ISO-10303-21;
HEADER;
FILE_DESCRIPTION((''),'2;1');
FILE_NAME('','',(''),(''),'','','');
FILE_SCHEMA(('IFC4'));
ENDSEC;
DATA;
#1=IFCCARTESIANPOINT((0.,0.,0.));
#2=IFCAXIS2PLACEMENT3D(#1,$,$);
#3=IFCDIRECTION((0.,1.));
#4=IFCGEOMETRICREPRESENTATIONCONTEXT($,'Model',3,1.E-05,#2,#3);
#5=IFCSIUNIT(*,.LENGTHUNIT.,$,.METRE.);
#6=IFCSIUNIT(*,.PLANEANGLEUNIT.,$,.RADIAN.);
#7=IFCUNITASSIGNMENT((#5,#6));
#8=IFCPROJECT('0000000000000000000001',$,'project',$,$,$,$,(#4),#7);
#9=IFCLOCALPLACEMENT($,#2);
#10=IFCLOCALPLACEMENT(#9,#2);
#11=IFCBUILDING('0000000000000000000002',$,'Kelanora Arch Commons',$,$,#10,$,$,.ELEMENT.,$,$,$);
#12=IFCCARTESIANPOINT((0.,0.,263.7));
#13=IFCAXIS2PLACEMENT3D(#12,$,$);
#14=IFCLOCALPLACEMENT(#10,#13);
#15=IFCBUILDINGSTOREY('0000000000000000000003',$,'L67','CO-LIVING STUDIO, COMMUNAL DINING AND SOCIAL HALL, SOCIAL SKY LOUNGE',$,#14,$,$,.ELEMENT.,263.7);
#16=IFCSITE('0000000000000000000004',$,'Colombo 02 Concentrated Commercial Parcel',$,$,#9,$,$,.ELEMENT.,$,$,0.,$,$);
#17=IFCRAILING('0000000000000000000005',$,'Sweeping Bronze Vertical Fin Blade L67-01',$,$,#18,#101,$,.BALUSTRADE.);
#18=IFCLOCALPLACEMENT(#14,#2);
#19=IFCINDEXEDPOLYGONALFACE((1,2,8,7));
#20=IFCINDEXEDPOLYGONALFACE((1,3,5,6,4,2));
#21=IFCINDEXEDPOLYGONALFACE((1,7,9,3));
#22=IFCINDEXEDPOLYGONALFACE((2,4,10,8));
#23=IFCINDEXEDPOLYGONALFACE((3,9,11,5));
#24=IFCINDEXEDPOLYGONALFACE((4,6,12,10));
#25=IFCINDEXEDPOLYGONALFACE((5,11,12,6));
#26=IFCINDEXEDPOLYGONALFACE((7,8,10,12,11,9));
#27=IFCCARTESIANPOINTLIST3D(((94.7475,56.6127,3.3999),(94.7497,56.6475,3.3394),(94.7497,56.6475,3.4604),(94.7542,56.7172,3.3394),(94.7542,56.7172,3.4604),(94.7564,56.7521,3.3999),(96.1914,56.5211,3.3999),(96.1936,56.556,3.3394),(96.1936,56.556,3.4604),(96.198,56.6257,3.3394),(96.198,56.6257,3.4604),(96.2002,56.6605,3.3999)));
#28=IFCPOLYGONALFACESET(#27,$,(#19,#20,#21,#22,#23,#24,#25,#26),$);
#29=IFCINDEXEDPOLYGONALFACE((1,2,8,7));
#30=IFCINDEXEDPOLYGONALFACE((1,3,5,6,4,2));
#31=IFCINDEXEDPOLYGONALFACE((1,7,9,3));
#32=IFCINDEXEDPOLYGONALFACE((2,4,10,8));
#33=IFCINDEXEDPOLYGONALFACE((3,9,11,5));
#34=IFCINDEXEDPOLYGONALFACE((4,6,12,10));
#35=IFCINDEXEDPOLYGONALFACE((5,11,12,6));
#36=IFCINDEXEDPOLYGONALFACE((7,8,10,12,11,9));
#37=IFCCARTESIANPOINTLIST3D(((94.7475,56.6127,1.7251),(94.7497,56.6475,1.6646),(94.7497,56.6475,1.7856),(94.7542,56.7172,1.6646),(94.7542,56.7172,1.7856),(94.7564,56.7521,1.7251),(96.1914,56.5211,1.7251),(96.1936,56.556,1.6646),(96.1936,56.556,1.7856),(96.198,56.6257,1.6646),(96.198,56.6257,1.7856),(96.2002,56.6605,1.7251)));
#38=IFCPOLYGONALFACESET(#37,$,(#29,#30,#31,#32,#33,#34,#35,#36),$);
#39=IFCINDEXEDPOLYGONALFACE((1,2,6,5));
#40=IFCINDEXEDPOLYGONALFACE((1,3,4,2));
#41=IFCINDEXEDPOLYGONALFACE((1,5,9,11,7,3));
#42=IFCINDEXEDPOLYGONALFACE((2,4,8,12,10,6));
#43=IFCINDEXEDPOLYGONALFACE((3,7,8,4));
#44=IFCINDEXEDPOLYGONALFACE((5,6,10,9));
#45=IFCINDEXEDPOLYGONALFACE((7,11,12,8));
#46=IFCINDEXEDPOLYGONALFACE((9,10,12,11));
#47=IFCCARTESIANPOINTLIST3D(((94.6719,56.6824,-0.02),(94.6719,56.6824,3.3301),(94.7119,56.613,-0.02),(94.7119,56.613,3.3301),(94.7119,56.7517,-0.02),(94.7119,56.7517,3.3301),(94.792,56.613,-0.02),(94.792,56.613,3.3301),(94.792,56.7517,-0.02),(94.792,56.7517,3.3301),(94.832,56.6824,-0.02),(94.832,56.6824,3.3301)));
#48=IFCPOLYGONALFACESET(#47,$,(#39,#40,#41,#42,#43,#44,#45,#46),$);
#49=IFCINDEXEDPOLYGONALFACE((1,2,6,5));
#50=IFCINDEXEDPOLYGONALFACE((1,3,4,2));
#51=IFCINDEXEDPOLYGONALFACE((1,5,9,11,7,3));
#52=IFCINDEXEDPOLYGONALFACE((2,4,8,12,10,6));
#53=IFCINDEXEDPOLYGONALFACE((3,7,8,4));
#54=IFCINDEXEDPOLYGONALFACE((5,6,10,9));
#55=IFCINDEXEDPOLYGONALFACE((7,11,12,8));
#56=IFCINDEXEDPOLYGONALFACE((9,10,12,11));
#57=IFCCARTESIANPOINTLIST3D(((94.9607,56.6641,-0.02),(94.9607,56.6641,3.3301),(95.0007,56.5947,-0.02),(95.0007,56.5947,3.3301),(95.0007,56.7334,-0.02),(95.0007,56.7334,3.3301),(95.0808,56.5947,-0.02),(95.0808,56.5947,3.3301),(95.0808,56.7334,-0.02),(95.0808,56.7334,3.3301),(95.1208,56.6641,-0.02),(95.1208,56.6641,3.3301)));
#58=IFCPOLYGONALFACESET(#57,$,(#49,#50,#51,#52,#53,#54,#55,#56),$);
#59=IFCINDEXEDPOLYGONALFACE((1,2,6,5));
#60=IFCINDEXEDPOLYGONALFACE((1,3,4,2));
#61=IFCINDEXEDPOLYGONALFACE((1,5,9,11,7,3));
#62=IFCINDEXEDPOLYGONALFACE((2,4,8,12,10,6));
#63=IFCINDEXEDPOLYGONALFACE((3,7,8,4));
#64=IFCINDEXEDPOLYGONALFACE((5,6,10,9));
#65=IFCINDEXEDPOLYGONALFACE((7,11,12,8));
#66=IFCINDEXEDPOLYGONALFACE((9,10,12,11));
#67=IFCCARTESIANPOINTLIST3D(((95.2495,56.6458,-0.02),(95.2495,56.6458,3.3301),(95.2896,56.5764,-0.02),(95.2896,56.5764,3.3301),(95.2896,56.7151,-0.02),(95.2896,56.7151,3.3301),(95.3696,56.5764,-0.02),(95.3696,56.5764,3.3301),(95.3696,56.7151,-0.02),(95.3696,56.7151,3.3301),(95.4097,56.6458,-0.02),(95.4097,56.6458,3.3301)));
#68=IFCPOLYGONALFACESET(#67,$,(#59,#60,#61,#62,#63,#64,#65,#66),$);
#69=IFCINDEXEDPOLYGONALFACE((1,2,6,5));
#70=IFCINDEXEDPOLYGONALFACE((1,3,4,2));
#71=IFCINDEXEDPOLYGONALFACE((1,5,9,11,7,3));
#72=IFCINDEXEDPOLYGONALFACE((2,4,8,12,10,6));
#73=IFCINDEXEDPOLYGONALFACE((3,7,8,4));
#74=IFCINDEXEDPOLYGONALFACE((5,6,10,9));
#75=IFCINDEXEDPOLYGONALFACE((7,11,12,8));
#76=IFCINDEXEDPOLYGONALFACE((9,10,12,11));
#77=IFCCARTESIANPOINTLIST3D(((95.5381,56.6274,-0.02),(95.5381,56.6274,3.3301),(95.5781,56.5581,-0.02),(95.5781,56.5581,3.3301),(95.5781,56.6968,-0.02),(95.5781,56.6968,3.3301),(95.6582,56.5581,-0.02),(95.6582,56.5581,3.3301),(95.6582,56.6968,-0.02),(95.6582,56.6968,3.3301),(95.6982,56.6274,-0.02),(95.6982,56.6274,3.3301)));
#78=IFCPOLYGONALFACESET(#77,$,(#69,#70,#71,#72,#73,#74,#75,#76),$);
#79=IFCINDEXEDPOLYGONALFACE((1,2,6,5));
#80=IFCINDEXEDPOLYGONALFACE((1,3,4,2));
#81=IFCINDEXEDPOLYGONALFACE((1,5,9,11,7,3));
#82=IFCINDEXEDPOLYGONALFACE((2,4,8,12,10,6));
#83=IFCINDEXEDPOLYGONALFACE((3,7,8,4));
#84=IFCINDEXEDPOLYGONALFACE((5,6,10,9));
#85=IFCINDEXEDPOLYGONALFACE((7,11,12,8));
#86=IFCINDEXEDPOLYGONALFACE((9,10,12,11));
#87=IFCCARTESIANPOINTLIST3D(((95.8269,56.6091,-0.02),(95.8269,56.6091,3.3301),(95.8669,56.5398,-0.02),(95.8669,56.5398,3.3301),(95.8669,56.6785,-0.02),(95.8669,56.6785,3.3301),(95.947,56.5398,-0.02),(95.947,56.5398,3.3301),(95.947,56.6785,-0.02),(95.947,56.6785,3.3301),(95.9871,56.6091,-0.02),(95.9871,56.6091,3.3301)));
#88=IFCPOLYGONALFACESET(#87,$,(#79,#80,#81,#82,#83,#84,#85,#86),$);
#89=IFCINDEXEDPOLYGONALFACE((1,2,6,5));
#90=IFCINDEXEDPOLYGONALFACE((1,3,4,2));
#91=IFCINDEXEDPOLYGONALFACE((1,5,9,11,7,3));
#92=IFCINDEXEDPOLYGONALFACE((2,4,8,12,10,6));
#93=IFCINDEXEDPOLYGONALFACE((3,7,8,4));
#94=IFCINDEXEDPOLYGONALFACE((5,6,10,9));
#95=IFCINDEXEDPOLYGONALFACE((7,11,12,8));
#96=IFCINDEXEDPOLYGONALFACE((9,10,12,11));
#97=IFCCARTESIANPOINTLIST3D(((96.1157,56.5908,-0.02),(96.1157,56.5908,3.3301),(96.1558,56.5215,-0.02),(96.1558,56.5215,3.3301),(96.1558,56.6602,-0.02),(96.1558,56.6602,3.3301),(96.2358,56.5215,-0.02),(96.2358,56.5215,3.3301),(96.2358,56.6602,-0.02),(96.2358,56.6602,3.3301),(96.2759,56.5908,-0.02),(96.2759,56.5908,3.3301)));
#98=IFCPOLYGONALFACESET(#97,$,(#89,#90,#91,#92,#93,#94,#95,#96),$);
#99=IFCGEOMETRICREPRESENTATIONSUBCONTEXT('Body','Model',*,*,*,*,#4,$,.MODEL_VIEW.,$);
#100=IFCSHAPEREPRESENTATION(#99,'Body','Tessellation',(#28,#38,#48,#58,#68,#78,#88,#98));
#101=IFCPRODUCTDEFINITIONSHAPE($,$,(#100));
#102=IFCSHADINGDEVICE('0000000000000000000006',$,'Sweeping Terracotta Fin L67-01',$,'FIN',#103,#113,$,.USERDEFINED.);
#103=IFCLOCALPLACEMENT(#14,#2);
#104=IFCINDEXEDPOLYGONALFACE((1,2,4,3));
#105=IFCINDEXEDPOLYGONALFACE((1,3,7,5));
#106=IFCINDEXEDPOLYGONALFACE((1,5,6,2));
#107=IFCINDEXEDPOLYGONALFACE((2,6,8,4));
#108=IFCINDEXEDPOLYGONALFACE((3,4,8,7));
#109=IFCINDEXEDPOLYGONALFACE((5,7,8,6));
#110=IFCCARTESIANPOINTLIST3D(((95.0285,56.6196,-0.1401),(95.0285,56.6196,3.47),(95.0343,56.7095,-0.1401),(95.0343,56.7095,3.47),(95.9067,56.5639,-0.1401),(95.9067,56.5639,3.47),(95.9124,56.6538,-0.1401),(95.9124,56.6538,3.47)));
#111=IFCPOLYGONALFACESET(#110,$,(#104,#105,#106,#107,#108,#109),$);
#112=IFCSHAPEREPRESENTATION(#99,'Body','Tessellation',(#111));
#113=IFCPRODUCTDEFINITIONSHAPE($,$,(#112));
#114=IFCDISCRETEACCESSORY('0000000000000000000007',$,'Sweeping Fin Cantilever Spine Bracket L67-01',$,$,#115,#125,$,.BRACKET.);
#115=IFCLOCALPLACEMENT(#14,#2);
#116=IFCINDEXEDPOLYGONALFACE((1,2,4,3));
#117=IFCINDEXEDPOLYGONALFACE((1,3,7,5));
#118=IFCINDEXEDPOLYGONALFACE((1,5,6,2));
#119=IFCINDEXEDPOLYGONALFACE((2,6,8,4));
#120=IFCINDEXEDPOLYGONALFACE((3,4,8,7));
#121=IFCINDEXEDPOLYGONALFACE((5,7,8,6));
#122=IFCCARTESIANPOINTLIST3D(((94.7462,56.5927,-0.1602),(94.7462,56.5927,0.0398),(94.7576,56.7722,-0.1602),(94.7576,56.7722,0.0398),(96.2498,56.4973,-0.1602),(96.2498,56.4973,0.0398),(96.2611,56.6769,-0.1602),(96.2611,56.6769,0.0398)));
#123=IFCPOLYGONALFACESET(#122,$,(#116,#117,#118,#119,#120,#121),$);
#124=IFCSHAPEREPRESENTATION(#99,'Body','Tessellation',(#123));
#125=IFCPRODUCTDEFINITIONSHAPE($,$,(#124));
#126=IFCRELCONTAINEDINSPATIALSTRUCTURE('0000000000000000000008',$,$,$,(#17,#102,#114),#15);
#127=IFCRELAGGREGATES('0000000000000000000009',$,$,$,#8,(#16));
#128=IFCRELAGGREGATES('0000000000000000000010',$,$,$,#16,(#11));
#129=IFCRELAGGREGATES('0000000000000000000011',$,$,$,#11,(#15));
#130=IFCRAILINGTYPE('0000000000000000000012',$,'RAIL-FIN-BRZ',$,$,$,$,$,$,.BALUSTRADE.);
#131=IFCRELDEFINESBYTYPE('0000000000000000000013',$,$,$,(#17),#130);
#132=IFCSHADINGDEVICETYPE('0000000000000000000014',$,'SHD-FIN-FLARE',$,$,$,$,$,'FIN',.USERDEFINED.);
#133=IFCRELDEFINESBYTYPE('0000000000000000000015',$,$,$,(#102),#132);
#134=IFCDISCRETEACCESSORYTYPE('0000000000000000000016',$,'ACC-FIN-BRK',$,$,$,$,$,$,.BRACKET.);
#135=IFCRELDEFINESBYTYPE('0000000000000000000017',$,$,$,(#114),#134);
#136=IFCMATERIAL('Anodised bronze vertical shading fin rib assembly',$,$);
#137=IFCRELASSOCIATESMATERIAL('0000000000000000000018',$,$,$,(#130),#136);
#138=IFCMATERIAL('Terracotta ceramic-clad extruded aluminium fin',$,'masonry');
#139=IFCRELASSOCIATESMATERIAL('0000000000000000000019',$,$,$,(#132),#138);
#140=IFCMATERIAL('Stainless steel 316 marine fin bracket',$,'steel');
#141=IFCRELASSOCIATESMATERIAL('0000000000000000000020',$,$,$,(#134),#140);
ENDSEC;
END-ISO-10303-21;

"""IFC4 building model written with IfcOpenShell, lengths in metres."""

from ifc_helpers import new_model, si_unit, direction, frame, origin, origin_2d, place, context, subcontext, project, spatial, polyline, rectangle, outline, extrude, source, transform, mapped, material, type_object, element, save


model = new_model("IFC4")

# Units and contexts
model_context = context("Model", 3, precision=1e-05, world=origin(), true_north=direction((0.0, 1.0)))
body_context = subcontext(model_context, "Body", "Model", "MODEL_VIEW")
ifc_project = project(units=[si_unit("LENGTHUNIT", "METRE"), si_unit("PLANEANGLEUNIT", "RADIAN")], contexts=[model_context])

# Site, building, storey
site_placement = place(None, origin())
site = spatial("IfcSite", under=ifc_project, at=site_placement, Name="Colombo 02 Concentrated Commercial Parcel", CompositionType="ELEMENT", RefElevation=0.0)
building_placement = place(site_placement, origin())
building = spatial("IfcBuilding", under=site, at=building_placement, Name="Kelanora Arch Commons", CompositionType="ELEMENT")
storey_placement = place(building_placement, frame((0.0, 0.0, 263.7)))
storey = spatial("IfcBuildingStorey", under=building, at=storey_placement, Name="L67", Description="CO-LIVING STUDIO, COMMUNAL DINING AND SOCIAL HALL, SOCIAL SKY LOUNGE", CompositionType="ELEMENT", Elevation=263.7)

# Railing
ifc_material_1 = material(Name="Anodised bronze vertical shading fin rib assembly")
railing_type = type_object("IfcRailingType", Name="RAIL-FIN-BRZ", PredefinedType="BALUSTRADE", material=ifc_material_1)
railing_placement = place(storey_placement, frame((94.752, 56.6824, -0.02)))
element("IfcRailing", 1, at=railing_placement, inside=storey, type_object=railing_type, Name="Sweeping Bronze Vertical Fin Blade L67-01", PredefinedType="BALUSTRADE", context=body_context, shape_type="SweptSolid", body=[
    extrude(outline(polyline([(0.0698, 0.0), (0.0349, 0.0605), (-0.0349, 0.0605), (-0.0698, 0.0), (-0.0349, -0.0605), (0.0349, -0.0605), (0.0698, 0.0)])), frame((0.0, 0.0, 3.4199), z_axis=(0.997996, -0.063282, 0.0), x_axis=(0.063282, 0.997996, 0.0)), (0.0, 0.0, 1.0), 1.4468),
    extrude(outline(polyline([(0.0698, 0.0), (0.0349, 0.0605), (-0.0349, 0.0605), (-0.0698, 0.0), (-0.0349, -0.0605), (0.0349, -0.0605), (0.0698, 0.0)])), frame((0.0, 0.0, 1.7451), z_axis=(0.997996, -0.063282, 0.0), x_axis=(0.063282, 0.997996, 0.0)), (0.0, 0.0, 1.0), 1.4468),
    extrude(outline(polyline([(0.0801, 0.0), (0.04, 0.0693), (-0.04, 0.0693), (-0.0801, 0.0), (-0.04, -0.0693), (0.04, -0.0693), (0.0801, 0.0)])), origin(), (0.0, 0.0, 1.0), 3.3501),
    extrude(outline(polyline([(0.0801, 0.0), (0.04, 0.0693), (-0.04, 0.0693), (-0.0801, 0.0), (-0.04, -0.0693), (0.04, -0.0693), (0.0801, 0.0)])), frame((0.2888, -0.0183, 0.0)), (0.0, 0.0, 1.0), 3.3501),
    extrude(outline(polyline([(0.0801, 0.0), (0.04, 0.0693), (-0.04, 0.0693), (-0.0801, 0.0), (-0.04, -0.0693), (0.04, -0.0693), (0.0801, 0.0)])), frame((0.5776, -0.0366, 0.0)), (0.0, 0.0, 1.0), 3.3501),
    extrude(outline(polyline([(0.0801, 0.0), (0.04, 0.0693), (-0.04, 0.0693), (-0.0801, 0.0), (-0.04, -0.0693), (0.04, -0.0693), (0.0801, 0.0)])), frame((0.8662, -0.0549, 0.0)), (0.0, 0.0, 1.0), 3.3501),
    extrude(outline(polyline([(0.0801, 0.0), (0.04, 0.0693), (-0.04, 0.0693), (-0.0801, 0.0), (-0.04, -0.0693), (0.04, -0.0693), (0.0801, 0.0)])), frame((1.155, -0.0732, 0.0)), (0.0, 0.0, 1.0), 3.3501),
    extrude(outline(polyline([(0.0801, 0.0), (0.04, 0.0693), (-0.04, 0.0693), (-0.0801, 0.0), (-0.04, -0.0693), (0.04, -0.0693), (0.0801, 0.0)])), frame((1.4438, -0.0916, 0.0)), (0.0, 0.0, 1.0), 3.3501),
])

# Shading device
ifc_material_2 = material(Name="Terracotta ceramic-clad extruded aluminium fin", Category="masonry")
shading_device_type = type_object("IfcShadingDeviceType", Name="SHD-FIN-FLARE", ElementType="FIN", PredefinedType="USERDEFINED", material=ifc_material_2)
shared_shape_1 = source(origin(), body_context, "Body", "SweptSolid", [
    extrude(rectangle(XDim=0.8799, YDim=0.0901, at=origin_2d()), origin(), (0.0, 0.0, 1.0), 3.6101),
])
shading_device_placement = place(storey_placement, frame((95.4705, 56.6367, -0.1401), z_axis=(0.0, 0.0, 1.0), x_axis=(0.997994, -0.063313, 0.0)))
element("IfcShadingDevice", 2, at=shading_device_placement, inside=storey, type_object=shading_device_type, Name="Sweeping Terracotta Fin L67-01", ObjectType="FIN", PredefinedType="USERDEFINED", context=body_context, shape_type="MappedRepresentation", body=[
    mapped(shared_shape_1, transform((0.0, 0.0, 0.0), scale=1.0)),
])

# Discrete accessory
ifc_material_3 = material(Name="Stainless steel 316 marine fin bracket", Category="steel")
discrete_accessory_type = type_object("IfcDiscreteAccessoryType", Name="ACC-FIN-BRK", PredefinedType="BRACKET", material=ifc_material_3)
shared_shape_2 = source(origin(), body_context, "Body", "SweptSolid", [
    extrude(rectangle(XDim=1.5066, YDim=0.1799, at=origin_2d()), origin(), (0.0, 0.0, 1.0), 0.2),
])
discrete_accessory_placement = place(storey_placement, frame((95.5037, 56.6348, -0.1602), z_axis=(0.0, 0.0, 1.0), x_axis=(0.997994, -0.063313, 0.0)))
element("IfcDiscreteAccessory", 3, at=discrete_accessory_placement, inside=storey, type_object=discrete_accessory_type, Name="Sweeping Fin Cantilever Spine Bracket L67-01", PredefinedType="BRACKET", context=body_context, shape_type="MappedRepresentation", body=[
    mapped(shared_shape_2, transform((0.0, 0.0, 0.0), scale=1.0)),
])

save(model, "model.ifc")
